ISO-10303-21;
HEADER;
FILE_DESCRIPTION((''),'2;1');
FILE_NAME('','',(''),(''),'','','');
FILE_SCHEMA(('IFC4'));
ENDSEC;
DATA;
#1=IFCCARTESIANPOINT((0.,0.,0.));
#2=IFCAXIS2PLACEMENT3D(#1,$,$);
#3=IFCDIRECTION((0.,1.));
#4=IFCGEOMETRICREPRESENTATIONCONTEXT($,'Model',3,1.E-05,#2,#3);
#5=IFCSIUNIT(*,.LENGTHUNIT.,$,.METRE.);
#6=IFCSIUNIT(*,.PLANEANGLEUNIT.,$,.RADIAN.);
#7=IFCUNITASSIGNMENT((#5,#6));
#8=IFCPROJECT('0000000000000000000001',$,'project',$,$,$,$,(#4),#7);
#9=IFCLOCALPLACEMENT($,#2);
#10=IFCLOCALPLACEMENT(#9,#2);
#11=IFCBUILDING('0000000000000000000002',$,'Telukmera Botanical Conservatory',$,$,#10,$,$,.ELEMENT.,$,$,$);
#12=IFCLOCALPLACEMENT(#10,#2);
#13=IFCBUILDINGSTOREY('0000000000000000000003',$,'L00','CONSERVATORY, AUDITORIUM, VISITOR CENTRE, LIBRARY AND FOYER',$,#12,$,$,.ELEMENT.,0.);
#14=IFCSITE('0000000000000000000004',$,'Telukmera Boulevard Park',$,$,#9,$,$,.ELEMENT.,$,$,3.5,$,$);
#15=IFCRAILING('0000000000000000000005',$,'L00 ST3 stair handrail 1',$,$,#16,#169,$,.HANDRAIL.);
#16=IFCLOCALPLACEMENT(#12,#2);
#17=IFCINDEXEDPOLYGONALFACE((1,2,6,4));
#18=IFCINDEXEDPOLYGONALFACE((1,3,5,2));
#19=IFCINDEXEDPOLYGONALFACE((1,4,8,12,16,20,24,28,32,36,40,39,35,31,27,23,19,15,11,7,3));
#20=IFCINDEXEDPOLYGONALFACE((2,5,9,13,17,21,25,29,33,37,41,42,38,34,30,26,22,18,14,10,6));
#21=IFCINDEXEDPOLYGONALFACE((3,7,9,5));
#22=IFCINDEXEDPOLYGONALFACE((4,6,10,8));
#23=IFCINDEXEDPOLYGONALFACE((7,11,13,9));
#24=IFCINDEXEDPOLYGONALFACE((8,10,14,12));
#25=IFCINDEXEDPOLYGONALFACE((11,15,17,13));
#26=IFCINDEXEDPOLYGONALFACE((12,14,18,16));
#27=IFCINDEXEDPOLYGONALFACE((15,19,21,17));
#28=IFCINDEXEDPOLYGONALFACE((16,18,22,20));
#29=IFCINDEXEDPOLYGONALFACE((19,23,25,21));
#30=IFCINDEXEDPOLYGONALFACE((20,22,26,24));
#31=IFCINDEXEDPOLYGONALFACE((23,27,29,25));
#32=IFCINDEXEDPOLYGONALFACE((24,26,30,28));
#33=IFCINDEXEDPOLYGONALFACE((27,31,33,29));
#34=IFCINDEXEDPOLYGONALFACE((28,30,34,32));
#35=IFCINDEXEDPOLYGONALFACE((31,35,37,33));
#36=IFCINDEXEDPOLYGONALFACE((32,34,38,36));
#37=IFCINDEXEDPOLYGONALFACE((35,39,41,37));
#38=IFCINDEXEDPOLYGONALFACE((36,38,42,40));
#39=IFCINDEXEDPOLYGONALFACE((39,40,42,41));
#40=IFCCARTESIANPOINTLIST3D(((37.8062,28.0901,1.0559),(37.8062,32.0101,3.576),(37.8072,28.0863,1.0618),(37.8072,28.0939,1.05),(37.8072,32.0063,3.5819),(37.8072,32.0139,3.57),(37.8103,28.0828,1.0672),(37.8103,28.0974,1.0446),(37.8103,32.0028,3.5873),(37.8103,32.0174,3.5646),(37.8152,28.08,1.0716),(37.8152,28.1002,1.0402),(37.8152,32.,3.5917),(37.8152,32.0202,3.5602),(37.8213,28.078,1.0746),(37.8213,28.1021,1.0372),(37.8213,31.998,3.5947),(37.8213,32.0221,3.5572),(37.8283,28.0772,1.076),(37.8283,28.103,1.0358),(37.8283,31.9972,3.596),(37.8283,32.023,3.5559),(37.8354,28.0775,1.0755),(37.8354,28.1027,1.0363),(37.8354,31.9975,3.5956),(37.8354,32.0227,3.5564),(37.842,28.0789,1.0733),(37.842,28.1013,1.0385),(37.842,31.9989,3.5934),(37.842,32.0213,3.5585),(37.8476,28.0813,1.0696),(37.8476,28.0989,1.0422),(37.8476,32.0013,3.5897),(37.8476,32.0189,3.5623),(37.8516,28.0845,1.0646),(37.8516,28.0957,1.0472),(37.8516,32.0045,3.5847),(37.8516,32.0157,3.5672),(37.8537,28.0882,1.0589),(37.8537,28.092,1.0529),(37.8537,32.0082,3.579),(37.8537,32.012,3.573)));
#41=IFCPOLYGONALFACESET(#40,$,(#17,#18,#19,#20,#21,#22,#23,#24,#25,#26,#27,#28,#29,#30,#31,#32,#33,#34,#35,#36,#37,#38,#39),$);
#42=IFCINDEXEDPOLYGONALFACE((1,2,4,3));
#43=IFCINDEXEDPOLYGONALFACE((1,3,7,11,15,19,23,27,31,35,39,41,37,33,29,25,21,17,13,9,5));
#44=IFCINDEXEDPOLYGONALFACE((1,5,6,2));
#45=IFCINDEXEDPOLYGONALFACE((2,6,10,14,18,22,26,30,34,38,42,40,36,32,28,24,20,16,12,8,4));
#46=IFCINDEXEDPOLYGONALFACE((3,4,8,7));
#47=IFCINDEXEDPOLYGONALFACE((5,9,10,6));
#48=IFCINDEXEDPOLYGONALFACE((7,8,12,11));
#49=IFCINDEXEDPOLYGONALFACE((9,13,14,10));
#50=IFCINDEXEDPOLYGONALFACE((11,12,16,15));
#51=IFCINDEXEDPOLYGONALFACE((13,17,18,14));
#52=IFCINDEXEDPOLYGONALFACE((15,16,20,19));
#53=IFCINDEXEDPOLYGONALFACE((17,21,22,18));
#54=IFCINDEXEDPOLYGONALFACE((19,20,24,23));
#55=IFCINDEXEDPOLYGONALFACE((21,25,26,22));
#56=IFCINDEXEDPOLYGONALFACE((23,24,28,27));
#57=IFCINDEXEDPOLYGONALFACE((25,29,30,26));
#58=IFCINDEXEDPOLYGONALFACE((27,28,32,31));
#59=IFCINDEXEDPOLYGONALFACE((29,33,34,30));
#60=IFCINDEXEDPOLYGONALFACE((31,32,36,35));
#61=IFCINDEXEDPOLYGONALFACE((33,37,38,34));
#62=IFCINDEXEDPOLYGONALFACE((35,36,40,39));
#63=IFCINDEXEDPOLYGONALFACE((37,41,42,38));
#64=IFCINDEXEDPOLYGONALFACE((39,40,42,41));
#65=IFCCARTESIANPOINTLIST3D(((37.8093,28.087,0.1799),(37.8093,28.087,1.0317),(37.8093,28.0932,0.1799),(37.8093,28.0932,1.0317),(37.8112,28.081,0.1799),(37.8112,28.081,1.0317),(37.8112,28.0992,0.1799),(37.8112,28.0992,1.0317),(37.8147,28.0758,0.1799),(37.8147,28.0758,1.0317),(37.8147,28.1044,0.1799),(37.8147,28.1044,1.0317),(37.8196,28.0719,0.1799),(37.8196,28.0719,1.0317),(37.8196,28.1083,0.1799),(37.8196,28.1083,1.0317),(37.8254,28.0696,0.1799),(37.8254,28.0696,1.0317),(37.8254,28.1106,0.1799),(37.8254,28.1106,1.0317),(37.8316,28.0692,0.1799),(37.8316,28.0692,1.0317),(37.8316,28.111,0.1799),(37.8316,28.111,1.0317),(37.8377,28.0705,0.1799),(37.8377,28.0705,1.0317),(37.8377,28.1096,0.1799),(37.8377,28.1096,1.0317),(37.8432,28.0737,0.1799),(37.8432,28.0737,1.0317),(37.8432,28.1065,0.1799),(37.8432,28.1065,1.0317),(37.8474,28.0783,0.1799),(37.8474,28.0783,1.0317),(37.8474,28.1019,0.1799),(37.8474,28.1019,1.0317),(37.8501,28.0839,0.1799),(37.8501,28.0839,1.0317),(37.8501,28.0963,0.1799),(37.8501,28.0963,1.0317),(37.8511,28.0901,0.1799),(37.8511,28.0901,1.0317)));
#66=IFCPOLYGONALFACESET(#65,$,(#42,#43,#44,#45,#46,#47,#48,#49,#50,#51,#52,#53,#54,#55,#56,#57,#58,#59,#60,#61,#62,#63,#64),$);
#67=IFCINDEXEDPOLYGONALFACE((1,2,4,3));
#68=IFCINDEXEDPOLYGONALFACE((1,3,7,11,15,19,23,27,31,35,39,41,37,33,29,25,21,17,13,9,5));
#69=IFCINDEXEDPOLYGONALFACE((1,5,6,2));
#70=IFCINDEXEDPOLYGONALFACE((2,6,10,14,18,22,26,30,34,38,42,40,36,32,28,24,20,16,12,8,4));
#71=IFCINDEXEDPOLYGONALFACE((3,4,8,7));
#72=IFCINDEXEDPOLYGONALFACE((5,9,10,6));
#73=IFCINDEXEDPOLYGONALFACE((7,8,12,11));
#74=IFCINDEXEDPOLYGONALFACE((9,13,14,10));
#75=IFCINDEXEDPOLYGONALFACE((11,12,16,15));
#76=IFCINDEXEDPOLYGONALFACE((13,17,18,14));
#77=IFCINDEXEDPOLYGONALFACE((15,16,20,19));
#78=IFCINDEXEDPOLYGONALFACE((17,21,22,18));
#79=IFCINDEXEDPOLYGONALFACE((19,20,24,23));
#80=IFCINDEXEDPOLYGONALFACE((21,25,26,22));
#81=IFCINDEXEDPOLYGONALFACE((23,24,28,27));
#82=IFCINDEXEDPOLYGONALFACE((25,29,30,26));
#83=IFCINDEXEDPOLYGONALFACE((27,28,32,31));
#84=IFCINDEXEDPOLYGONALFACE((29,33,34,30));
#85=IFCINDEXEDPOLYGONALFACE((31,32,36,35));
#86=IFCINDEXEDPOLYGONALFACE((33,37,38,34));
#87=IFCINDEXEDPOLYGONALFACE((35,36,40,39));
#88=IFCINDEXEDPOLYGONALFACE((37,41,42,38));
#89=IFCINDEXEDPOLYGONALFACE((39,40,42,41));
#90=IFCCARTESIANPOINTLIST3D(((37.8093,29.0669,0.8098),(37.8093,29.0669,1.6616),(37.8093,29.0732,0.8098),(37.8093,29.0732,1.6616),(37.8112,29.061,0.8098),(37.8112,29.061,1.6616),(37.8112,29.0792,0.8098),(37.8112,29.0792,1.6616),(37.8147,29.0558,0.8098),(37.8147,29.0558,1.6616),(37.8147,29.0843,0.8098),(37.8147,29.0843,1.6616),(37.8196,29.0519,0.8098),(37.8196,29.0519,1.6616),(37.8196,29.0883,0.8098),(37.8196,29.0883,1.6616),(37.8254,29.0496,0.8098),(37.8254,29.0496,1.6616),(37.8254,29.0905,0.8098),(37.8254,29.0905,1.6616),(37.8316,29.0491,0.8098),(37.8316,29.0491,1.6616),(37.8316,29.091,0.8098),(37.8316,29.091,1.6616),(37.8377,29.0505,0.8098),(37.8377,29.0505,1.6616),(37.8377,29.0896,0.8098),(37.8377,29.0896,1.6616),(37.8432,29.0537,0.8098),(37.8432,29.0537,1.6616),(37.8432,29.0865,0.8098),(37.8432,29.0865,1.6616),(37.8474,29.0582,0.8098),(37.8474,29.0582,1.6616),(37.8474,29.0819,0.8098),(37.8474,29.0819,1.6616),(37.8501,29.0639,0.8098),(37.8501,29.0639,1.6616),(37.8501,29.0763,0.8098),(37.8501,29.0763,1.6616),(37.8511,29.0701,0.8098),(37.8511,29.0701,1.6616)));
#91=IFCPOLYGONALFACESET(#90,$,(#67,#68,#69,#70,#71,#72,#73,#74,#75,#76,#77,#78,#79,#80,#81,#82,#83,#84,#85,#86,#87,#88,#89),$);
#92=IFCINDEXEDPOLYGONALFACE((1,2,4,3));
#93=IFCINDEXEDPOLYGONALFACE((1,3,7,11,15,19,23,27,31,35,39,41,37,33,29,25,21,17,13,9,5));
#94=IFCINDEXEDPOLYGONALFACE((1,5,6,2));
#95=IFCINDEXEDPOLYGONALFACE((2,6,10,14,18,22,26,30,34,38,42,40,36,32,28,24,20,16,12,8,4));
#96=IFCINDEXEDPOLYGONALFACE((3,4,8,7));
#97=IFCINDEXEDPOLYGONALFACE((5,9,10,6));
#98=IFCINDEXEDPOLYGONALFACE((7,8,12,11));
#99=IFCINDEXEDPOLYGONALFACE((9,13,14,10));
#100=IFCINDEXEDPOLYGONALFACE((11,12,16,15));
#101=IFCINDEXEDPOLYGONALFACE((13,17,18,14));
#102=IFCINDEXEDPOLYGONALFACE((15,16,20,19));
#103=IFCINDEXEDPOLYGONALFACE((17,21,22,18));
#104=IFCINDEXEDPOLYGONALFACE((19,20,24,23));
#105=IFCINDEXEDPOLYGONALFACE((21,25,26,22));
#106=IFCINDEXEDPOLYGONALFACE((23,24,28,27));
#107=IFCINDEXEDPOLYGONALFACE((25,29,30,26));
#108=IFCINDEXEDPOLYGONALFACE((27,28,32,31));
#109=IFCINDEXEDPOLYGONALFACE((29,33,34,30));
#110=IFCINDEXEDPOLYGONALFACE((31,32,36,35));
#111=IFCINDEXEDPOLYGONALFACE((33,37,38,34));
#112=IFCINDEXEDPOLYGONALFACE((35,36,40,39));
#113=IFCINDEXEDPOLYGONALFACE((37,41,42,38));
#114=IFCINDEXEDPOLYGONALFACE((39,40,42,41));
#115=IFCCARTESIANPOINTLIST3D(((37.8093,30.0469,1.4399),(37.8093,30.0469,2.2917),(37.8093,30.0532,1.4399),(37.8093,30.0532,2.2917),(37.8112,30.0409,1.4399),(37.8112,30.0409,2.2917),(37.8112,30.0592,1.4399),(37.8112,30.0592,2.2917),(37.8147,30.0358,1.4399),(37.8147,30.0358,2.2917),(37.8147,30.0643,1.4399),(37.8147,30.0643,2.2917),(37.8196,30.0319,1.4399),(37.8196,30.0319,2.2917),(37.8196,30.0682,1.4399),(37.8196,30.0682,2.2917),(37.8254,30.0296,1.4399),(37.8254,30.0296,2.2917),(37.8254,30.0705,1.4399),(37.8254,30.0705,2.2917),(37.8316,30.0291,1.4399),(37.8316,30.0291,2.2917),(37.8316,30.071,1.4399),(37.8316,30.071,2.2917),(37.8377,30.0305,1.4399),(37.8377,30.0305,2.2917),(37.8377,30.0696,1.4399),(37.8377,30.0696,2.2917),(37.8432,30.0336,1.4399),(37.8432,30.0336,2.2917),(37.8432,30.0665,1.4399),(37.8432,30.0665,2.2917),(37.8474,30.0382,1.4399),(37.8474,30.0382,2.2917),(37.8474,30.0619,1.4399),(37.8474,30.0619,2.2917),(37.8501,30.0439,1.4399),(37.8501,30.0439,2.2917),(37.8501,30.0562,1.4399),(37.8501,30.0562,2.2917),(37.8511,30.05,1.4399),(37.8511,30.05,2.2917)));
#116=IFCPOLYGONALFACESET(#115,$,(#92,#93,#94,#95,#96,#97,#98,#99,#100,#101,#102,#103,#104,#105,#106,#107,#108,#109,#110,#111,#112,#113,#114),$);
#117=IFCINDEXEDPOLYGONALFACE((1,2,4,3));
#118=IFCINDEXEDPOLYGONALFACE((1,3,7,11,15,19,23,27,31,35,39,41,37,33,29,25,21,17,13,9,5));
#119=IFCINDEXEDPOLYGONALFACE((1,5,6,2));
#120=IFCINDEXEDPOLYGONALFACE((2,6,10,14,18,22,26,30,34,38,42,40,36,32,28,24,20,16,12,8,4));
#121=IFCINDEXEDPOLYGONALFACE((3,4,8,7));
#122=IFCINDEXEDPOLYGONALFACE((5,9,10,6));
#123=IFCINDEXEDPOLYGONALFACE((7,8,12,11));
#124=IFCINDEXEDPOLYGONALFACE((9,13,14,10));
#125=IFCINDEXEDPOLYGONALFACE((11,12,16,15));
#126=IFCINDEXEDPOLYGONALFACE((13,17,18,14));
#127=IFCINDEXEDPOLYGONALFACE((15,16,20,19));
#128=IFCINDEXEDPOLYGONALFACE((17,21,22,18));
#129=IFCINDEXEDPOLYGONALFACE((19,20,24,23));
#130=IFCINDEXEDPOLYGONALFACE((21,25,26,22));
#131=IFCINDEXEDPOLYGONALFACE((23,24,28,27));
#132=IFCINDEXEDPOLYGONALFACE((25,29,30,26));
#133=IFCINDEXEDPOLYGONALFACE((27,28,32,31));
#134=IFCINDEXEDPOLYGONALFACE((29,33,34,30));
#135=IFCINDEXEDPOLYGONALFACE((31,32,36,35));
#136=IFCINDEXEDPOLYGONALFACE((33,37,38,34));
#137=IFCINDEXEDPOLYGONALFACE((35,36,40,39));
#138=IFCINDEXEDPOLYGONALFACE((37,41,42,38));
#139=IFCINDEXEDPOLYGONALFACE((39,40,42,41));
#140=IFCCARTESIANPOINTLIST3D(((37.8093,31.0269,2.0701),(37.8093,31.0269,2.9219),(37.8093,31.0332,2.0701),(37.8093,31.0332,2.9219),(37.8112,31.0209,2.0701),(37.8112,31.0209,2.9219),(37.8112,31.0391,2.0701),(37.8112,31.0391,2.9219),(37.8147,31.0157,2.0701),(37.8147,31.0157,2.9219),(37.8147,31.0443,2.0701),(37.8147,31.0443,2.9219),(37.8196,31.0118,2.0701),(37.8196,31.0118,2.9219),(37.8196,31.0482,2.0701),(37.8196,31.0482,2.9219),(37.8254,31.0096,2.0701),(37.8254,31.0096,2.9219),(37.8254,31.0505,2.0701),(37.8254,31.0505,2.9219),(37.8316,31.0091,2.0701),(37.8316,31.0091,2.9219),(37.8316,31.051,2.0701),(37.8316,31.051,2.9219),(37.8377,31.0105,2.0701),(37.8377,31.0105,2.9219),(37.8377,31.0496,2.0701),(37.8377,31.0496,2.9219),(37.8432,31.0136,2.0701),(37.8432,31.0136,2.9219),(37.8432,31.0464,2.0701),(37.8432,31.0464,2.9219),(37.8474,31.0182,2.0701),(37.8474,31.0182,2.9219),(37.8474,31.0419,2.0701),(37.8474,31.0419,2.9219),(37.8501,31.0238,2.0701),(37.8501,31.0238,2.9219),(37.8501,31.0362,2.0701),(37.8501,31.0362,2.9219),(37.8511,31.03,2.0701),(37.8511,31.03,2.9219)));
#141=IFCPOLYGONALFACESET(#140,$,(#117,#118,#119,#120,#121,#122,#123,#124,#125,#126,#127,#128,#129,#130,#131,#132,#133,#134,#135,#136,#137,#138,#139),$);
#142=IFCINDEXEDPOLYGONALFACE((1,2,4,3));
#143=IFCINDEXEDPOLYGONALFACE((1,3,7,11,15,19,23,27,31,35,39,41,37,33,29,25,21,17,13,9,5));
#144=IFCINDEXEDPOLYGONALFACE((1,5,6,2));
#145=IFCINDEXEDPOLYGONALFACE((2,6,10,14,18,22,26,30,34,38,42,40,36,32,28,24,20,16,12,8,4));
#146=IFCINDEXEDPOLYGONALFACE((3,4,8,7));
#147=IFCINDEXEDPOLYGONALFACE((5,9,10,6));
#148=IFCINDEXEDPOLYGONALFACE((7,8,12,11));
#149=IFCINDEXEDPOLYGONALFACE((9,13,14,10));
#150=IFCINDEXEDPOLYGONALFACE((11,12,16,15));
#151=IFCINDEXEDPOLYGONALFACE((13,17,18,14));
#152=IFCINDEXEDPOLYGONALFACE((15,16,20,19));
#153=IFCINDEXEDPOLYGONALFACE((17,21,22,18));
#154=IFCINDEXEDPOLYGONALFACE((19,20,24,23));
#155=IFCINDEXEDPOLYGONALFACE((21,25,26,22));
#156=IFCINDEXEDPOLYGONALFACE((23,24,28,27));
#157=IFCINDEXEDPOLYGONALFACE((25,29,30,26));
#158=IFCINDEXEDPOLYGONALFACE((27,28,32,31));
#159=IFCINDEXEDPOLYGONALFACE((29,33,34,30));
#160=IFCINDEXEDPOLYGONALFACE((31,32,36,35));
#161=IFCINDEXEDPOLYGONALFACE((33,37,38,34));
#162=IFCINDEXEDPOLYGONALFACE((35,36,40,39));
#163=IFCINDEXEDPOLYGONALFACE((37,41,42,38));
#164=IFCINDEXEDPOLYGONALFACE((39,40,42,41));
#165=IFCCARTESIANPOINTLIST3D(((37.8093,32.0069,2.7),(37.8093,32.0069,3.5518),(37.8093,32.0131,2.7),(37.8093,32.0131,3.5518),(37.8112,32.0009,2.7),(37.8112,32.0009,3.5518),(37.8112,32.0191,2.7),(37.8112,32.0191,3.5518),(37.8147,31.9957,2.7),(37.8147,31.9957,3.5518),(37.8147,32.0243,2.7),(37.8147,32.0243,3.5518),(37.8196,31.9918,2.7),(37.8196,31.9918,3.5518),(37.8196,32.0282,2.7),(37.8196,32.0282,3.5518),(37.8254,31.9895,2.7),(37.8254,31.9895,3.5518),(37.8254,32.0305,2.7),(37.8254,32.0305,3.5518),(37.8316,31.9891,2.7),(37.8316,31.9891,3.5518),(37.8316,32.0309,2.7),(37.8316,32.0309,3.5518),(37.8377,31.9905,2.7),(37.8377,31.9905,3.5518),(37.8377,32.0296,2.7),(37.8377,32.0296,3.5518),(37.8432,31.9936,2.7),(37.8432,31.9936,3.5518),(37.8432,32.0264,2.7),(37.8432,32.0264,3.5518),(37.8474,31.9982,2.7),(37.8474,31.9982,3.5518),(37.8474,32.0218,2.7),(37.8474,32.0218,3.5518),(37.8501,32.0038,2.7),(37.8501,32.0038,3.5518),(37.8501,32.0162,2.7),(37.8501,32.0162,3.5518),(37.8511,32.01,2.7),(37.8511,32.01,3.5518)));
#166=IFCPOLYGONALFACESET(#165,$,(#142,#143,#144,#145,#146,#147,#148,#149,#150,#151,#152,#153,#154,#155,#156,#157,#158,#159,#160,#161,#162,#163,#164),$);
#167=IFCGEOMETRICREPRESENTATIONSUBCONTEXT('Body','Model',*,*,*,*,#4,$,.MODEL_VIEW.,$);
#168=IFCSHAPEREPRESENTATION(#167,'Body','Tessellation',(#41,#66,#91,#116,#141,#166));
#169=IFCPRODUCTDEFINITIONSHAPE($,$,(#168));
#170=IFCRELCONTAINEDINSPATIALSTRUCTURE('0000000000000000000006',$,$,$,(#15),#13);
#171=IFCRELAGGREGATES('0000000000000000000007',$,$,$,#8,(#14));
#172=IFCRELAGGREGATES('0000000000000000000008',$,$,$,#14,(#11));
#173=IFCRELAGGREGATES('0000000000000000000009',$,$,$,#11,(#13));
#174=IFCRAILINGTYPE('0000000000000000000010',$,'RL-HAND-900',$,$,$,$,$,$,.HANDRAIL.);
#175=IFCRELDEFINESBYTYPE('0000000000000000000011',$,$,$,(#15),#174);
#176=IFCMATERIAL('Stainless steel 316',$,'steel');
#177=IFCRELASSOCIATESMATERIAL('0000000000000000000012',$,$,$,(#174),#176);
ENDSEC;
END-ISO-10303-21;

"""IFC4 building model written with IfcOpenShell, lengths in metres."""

from ifc_helpers import new_model, si_unit, direction, frame, origin, origin_2d, place, context, subcontext, project, spatial, circle, extrude, material, type_object, element, save


model = new_model("IFC4")

# Units and contexts
model_context = context("Model", 3, precision=1e-05, world=origin(), true_north=direction((0.0, 1.0)))
body_context = subcontext(model_context, "Body", "Model", "MODEL_VIEW")
ifc_project = project(units=[si_unit("LENGTHUNIT", "METRE"), si_unit("PLANEANGLEUNIT", "RADIAN")], contexts=[model_context])

# Site, building, storey
site_placement = place(None, origin())
site = spatial("IfcSite", under=ifc_project, at=site_placement, Name="Telukmera Boulevard Park", CompositionType="ELEMENT", RefElevation=3.5)
building_placement = place(site_placement, origin())
building = spatial("IfcBuilding", under=site, at=building_placement, Name="Telukmera Botanical Conservatory", CompositionType="ELEMENT")
storey_placement = place(building_placement, origin())
storey = spatial("IfcBuildingStorey", under=building, at=storey_placement, Name="L00", Description="CONSERVATORY, AUDITORIUM, VISITOR CENTRE, LIBRARY AND FOYER", CompositionType="ELEMENT", Elevation=0.0)

# Railing
ifc_material_1 = material(Name="Stainless steel 316", Category="steel")
railing_type_1 = type_object("IfcRailingType", Name="RL-HAND-900", PredefinedType="HANDRAIL", material=ifc_material_1)
railing_1_placement = place(storey_placement, frame((37.8301, 28.0901, 0.1799)))
element("IfcRailing", 1, at=railing_1_placement, inside=storey, type_object=railing_type_1, Name="L00 ST3 stair handrail 1", PredefinedType="HANDRAIL", context=body_context, shape_type="SweptSolid", body=[
    extrude(circle(Radius=0.0239, at=origin_2d()), frame((0.0, 0.0, 0.876), z_axis=(0.0, 0.841172, 0.540768), x_axis=(-1.0, 0.0, 0.0)), (0.0, 0.0, 1.0), 4.6602),
    extrude(circle(Radius=0.021, at=origin_2d()), origin(), (0.0, 0.0, 1.0), 0.8518),
    extrude(circle(Radius=0.021, at=origin_2d()), frame((0.0, 0.98, 0.6299)), (0.0, 0.0, 1.0), 0.8518),
    extrude(circle(Radius=0.021, at=origin_2d()), frame((0.0, 1.96, 1.26)), (0.0, 0.0, 1.0), 0.8518),
    extrude(circle(Radius=0.021, at=origin_2d()), frame((0.0, 2.9399, 1.8901)), (0.0, 0.0, 1.0), 0.8518),
    extrude(circle(Radius=0.021, at=origin_2d()), frame((0.0, 3.9199, 2.52)), (0.0, 0.0, 1.0), 0.8518),
])

save(model, "model.ifc")
